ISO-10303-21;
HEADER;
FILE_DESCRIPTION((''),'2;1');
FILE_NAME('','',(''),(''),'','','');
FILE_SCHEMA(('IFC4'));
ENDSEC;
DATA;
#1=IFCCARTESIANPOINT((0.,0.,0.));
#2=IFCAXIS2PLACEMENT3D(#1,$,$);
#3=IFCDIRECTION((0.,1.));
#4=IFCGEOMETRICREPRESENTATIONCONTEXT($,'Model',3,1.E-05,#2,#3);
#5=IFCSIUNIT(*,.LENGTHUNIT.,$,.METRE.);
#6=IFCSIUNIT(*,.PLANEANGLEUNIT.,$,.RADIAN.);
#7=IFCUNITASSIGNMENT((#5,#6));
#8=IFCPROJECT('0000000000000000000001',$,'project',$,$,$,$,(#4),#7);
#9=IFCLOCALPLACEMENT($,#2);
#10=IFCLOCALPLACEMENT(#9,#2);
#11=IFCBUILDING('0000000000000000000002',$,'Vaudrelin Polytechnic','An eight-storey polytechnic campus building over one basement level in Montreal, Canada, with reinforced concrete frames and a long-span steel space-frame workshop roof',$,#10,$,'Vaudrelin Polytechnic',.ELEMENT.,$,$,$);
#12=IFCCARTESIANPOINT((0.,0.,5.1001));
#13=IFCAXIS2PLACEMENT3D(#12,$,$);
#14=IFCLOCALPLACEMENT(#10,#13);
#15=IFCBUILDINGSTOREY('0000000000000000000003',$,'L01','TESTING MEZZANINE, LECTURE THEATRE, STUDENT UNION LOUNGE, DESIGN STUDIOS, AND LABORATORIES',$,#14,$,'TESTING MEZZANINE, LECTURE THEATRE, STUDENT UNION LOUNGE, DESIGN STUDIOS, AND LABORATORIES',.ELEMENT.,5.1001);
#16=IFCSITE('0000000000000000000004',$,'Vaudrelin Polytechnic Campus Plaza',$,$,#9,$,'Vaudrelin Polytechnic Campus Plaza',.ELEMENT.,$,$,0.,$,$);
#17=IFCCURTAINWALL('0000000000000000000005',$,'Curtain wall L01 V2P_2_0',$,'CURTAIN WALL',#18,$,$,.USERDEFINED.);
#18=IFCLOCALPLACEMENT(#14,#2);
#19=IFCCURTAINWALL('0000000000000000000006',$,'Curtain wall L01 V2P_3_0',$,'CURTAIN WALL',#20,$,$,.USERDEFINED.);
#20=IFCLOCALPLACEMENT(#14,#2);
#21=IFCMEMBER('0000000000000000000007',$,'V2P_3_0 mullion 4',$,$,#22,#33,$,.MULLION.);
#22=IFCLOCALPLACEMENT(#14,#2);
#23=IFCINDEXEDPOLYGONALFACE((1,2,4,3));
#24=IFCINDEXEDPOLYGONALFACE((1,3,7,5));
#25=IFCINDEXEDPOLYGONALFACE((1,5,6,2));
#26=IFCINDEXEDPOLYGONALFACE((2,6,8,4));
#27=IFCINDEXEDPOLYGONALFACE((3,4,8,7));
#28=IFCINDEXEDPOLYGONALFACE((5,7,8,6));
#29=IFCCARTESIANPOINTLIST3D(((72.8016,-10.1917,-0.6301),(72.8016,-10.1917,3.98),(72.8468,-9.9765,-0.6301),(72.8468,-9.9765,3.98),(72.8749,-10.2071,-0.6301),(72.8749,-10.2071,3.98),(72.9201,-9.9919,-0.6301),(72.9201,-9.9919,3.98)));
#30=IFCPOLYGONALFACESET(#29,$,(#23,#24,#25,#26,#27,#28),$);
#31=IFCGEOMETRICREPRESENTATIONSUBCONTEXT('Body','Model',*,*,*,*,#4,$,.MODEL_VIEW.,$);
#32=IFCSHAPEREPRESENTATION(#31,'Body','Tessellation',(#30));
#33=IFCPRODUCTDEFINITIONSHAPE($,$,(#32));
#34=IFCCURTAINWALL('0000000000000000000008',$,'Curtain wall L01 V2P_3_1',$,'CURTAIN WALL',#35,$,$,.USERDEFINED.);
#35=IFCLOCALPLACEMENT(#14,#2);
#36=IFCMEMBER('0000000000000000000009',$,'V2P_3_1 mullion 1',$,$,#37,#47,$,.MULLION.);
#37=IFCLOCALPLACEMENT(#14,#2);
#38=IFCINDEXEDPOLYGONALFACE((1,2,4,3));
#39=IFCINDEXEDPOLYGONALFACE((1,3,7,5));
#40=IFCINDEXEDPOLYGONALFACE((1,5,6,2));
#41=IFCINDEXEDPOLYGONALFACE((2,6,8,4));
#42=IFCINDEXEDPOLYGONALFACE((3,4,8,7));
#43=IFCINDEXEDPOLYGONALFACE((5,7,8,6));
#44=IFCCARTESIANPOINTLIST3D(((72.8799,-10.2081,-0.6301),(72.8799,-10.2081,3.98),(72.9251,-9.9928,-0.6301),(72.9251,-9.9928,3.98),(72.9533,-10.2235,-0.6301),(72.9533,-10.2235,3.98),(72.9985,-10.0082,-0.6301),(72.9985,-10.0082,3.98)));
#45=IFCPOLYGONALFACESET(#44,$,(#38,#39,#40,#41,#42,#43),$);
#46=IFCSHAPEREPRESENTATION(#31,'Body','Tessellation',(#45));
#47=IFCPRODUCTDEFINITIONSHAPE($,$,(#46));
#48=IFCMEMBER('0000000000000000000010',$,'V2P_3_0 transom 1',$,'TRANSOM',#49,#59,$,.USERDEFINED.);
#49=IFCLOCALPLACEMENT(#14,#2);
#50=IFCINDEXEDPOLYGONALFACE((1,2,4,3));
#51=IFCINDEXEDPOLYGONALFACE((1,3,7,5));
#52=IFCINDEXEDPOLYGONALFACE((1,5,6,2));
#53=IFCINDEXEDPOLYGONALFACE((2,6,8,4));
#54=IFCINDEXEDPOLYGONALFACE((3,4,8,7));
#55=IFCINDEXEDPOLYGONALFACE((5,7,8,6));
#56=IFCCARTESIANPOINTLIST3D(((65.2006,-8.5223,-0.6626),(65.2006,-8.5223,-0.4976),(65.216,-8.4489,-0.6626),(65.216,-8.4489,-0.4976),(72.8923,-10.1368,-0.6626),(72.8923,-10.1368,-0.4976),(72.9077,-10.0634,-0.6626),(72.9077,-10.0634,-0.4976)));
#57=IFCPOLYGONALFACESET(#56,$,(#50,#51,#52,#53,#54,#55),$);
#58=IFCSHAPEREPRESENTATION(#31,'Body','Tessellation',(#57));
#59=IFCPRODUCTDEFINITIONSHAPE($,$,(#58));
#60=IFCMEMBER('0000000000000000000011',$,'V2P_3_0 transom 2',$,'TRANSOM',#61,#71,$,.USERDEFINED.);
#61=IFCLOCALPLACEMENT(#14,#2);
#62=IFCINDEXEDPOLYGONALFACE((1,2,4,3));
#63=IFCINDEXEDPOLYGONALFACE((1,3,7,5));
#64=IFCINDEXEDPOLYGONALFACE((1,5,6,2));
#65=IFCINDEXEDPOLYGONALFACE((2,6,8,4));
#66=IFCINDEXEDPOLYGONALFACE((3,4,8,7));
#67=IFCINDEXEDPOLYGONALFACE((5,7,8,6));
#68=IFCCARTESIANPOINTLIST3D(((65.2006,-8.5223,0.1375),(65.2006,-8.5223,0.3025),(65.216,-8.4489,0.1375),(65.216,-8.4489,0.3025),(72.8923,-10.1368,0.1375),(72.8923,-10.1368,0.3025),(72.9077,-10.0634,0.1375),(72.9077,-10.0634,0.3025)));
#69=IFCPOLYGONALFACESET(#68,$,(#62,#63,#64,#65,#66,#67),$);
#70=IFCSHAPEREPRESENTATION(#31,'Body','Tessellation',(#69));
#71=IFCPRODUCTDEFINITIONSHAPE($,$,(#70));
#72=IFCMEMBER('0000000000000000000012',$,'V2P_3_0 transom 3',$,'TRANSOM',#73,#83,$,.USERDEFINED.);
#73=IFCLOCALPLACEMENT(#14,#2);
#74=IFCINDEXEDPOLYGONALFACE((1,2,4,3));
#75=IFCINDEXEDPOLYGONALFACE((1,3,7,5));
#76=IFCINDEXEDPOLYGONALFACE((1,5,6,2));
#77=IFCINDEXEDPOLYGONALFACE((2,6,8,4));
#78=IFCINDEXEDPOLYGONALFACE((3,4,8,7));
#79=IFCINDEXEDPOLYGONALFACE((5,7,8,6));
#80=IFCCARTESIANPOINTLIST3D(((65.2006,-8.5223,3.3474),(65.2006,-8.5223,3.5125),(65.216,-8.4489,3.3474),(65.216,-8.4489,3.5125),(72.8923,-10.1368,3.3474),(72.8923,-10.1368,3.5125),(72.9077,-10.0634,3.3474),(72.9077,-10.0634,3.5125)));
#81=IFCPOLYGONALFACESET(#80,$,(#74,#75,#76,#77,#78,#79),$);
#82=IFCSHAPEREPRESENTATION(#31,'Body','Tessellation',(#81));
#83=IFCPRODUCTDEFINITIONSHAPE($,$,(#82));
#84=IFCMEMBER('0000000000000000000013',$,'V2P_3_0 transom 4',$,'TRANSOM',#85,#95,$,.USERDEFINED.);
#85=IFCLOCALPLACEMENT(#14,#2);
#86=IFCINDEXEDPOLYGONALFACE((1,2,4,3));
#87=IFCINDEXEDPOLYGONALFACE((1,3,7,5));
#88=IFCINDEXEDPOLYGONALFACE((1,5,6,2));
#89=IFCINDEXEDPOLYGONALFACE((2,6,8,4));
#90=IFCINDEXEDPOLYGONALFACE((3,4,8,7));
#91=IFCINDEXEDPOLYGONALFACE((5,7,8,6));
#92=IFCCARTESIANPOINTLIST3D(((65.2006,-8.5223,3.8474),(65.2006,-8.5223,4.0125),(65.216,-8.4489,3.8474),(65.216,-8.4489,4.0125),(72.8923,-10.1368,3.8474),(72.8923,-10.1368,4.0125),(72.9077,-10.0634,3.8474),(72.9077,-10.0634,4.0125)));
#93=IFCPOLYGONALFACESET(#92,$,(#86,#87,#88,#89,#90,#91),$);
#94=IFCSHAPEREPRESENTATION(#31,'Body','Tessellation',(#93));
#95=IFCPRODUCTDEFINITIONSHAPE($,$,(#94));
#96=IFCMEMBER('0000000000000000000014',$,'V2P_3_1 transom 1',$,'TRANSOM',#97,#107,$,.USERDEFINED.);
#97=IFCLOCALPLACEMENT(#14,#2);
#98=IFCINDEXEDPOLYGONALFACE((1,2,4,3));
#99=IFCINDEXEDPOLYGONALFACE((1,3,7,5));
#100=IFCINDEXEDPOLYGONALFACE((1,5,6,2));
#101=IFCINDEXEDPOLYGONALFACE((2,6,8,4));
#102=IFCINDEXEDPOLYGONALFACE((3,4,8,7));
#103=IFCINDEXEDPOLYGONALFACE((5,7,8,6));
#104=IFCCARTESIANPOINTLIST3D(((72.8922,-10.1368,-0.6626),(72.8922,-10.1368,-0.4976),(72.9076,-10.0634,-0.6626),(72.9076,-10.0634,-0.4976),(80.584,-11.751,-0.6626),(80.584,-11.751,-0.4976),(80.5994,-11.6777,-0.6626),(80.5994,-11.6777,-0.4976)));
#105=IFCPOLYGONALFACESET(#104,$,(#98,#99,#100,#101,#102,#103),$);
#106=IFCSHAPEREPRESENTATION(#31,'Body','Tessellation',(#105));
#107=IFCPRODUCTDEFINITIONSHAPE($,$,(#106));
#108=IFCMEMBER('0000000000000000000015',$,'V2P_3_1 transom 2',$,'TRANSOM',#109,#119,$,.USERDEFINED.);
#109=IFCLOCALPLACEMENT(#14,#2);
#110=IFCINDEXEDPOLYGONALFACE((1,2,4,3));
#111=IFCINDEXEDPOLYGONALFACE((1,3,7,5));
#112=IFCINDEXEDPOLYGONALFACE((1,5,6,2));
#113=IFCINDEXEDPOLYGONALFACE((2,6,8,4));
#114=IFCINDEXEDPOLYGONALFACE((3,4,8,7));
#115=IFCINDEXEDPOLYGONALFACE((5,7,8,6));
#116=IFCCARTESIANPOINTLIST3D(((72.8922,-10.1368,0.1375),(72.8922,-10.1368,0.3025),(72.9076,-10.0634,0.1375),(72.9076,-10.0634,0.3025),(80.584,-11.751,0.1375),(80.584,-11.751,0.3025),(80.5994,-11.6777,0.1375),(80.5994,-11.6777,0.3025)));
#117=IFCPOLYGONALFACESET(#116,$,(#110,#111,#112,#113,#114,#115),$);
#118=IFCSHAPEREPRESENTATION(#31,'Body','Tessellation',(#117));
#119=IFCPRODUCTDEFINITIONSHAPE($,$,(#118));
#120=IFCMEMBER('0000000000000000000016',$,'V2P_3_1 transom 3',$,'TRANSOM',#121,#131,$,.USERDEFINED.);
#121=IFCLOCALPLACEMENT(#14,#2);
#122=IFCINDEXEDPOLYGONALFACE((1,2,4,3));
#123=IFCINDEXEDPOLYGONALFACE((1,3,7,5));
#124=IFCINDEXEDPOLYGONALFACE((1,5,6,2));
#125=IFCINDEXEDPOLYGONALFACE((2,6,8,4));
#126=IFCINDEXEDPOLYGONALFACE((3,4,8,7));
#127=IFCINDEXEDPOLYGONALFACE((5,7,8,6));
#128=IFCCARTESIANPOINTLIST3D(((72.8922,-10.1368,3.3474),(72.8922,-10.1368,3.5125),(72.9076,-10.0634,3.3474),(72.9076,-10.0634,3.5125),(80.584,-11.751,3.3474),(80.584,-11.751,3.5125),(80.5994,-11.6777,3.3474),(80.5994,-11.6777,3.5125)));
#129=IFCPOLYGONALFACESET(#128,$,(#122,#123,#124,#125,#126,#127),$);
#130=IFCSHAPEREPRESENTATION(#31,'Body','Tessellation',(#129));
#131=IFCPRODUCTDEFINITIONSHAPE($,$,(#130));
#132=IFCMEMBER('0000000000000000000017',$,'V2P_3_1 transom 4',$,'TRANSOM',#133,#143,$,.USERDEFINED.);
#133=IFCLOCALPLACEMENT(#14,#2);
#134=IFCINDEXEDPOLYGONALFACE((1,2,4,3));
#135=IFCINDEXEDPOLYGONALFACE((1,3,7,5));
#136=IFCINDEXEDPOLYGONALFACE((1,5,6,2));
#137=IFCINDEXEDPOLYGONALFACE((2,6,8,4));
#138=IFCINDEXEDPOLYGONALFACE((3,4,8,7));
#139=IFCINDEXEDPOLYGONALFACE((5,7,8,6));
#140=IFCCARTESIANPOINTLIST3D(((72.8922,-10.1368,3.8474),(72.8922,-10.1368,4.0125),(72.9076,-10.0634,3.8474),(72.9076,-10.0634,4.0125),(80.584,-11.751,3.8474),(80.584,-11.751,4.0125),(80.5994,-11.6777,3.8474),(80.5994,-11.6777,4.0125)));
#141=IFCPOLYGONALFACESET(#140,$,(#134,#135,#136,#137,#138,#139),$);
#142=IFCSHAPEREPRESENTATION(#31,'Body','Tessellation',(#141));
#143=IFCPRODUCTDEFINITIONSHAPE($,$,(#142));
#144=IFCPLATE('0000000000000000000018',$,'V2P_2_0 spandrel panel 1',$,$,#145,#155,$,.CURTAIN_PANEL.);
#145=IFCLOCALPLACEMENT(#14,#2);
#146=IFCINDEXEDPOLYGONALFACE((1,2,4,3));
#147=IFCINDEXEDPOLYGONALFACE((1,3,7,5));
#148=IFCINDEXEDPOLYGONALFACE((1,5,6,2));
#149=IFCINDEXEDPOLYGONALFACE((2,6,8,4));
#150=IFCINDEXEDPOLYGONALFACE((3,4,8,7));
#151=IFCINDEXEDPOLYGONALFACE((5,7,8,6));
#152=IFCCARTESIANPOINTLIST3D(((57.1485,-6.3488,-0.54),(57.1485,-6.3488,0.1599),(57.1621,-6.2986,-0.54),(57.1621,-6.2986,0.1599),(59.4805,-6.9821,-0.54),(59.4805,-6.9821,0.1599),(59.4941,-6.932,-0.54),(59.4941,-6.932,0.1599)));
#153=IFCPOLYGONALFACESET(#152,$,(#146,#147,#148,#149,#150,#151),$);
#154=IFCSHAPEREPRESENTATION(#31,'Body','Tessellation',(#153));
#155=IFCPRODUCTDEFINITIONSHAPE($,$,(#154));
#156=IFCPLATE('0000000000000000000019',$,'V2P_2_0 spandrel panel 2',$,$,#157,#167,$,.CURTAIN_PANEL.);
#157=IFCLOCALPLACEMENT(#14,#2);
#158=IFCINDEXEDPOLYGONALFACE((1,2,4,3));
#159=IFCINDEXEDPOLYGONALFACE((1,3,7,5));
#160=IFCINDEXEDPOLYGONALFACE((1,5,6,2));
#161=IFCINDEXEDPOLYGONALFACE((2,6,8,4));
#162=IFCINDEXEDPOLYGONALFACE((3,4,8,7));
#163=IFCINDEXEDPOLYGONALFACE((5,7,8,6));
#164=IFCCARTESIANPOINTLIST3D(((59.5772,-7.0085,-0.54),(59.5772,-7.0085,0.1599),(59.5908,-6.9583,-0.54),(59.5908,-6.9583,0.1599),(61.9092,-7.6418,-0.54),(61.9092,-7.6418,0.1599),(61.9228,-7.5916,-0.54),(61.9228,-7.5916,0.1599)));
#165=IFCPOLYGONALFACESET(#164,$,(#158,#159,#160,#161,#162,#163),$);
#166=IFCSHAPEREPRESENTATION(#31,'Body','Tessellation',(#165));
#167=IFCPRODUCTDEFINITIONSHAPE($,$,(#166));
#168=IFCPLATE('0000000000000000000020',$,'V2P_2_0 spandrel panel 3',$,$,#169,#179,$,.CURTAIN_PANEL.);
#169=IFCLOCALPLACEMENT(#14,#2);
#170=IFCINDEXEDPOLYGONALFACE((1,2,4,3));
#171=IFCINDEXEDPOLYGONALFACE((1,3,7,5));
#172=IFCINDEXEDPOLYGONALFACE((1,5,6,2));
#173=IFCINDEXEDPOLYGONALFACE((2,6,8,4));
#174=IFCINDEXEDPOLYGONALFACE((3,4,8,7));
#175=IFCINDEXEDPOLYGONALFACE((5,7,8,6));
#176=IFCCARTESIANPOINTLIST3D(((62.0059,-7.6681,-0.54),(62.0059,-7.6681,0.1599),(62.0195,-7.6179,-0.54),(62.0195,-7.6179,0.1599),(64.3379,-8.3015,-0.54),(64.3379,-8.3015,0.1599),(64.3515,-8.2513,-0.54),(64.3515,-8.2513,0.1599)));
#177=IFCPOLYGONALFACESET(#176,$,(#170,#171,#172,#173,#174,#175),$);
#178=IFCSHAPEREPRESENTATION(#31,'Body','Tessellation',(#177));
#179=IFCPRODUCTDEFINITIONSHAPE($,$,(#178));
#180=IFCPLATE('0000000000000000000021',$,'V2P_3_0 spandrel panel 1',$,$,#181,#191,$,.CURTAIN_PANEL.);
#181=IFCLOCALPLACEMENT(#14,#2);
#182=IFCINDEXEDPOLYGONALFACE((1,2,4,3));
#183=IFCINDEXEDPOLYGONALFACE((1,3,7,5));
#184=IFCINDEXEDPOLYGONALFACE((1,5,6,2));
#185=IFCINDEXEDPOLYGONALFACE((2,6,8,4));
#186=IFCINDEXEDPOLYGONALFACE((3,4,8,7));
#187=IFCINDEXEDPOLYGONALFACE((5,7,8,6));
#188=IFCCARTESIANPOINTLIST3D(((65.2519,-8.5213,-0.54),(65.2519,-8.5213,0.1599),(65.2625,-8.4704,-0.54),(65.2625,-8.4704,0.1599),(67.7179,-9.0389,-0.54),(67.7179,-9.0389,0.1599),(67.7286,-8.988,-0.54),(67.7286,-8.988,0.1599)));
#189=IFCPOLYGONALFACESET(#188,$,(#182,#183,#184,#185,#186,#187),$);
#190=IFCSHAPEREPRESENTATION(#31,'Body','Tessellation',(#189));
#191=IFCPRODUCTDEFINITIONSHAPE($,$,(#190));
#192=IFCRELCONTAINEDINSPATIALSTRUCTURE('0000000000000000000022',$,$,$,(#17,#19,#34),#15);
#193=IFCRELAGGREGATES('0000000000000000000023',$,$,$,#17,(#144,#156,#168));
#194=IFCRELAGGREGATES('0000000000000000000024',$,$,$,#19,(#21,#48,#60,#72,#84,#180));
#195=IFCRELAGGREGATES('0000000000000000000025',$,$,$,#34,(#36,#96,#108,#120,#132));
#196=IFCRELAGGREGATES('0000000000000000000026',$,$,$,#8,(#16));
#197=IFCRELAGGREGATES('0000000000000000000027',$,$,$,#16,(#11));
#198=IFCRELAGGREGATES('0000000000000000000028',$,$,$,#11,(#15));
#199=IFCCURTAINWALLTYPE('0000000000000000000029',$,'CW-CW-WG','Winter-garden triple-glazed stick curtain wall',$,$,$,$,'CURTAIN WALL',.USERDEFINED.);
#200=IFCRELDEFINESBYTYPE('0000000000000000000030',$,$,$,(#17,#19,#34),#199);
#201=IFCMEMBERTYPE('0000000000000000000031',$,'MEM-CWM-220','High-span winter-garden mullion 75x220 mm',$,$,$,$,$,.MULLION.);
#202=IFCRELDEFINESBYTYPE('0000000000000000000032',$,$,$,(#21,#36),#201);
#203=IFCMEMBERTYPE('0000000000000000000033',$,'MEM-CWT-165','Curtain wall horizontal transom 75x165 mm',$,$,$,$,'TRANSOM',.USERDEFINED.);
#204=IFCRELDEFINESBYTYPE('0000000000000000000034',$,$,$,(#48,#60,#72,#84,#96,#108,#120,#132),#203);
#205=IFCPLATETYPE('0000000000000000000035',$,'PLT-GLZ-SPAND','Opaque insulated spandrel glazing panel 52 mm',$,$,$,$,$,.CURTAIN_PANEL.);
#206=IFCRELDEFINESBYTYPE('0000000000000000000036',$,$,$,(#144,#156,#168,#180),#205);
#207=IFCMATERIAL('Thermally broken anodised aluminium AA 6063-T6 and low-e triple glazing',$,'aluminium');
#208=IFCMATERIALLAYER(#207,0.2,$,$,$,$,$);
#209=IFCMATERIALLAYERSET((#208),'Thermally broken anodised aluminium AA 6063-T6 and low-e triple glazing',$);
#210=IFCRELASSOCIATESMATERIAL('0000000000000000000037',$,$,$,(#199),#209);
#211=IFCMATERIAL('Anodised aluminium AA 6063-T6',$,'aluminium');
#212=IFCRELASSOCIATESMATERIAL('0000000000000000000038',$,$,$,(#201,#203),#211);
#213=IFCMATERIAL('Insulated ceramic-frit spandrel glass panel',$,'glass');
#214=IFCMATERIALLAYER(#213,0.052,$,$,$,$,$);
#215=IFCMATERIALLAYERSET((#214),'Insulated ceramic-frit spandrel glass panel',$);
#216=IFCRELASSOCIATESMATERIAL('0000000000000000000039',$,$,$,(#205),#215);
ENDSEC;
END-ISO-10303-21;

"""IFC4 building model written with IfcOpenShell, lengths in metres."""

from ifc_helpers import new_model, si_unit, direction, frame, origin, origin_2d, place, context, subcontext, project, spatial, rectangle, extrude, material, layer, layer_set, material_profile, profile_set, type_object, element, aggregate, save


model = new_model("IFC4")

# Units and contexts
model_context = context("Model", 3, precision=1e-05, world=origin(), true_north=direction((0.0, 1.0)))
body_context = subcontext(model_context, "Body", "Model", "MODEL_VIEW")
ifc_project = project(units=[si_unit("LENGTHUNIT", "METRE"), si_unit("PLANEANGLEUNIT", "RADIAN")], contexts=[model_context])

# Site, building, storey
site_placement = place(None, origin())
site = spatial("IfcSite", under=ifc_project, at=site_placement, Name="Vaudrelin Polytechnic Campus Plaza", LongName="Vaudrelin Polytechnic Campus Plaza", CompositionType="ELEMENT", RefElevation=0.0)
building_placement = place(site_placement, origin())
building = spatial("IfcBuilding", under=site, at=building_placement, Name="Vaudrelin Polytechnic", Description="An eight-storey polytechnic campus building over one basement level in Montreal, Canada, with reinforced concrete frames and a long-span steel space-frame workshop roof", LongName="Vaudrelin Polytechnic", CompositionType="ELEMENT")
storey_placement = place(building_placement, frame((0.0, 0.0, 5.1001)))
storey = spatial("IfcBuildingStorey", under=building, at=storey_placement, Name="L01", Description="TESTING MEZZANINE, LECTURE THEATRE, STUDENT UNION LOUNGE, DESIGN STUDIOS, AND LABORATORIES", LongName="TESTING MEZZANINE, LECTURE THEATRE, STUDENT UNION LOUNGE, DESIGN STUDIOS, AND LABORATORIES", CompositionType="ELEMENT", Elevation=5.1001)

# Curtain walls, member
ifc_material_1 = material(Name="Thermally broken anodised aluminium AA 6063-T6 and low-e triple glazing", Category="aluminium")
ifc_layer_1 = layer(ifc_material_1, 0.2)
ifc_layer_set_1 = layer_set([ifc_layer_1], Name="Thermally broken anodised aluminium AA 6063-T6 and low-e triple glazing")
curtain_wall_type = type_object("IfcCurtainWallType", Name="CW-CW-WG", Description="Winter-garden triple-glazed stick curtain wall", ElementType="CURTAIN WALL", PredefinedType="USERDEFINED", material=ifc_layer_set_1)
curtain_wall_1_placement = place(storey_placement, origin())
curtain_wall_1 = element("IfcCurtainWall", 1, at=curtain_wall_1_placement, inside=storey, type_object=curtain_wall_type, Name="Curtain wall L01 V2P_2_0", ObjectType="CURTAIN WALL", PredefinedType="USERDEFINED")
ifc_material_2 = material(Name="Anodised aluminium AA 6063-T6", Category="aluminium")
ifc_material_profile_1 = material_profile(ifc_material_2, rectangle(XDim=0.075, YDim=0.22, at=origin_2d()), Name="CWM-75x220")
ifc_profile_set_1 = profile_set([ifc_material_profile_1], Name="Anodised aluminium AA 6063-T6")
member_type_1 = type_object("IfcMemberType", Name="MEM-CWM-220", Description="High-span winter-garden mullion 75x220 mm", PredefinedType="MULLION", material=ifc_profile_set_1)
curtain_wall_2_placement = place(storey_placement, origin())
curtain_wall_2 = element("IfcCurtainWall", 2, at=curtain_wall_2_placement, inside=storey, type_object=curtain_wall_type, Name="Curtain wall L01 V2P_3_0", ObjectType="CURTAIN WALL", PredefinedType="USERDEFINED")
member_1_placement = place(storey_placement, frame((72.8608, -10.0918, -0.6301), z_axis=(0.0, 0.0, 1.0), x_axis=(0.978679, -0.205398, 0.0)))
member_1 = element("IfcMember", 3, at=member_1_placement, type_object=member_type_1, Name="V2P_3_0 mullion 4", PredefinedType="MULLION", context=body_context, shape_type="SweptSolid", body=[
    extrude(rectangle(XDim=0.075, YDim=0.22, at=origin_2d()), origin(), (0.0, 0.0, 1.0), 4.6101),
])

# Curtain wall, member
curtain_wall_3_placement = place(storey_placement, origin())
curtain_wall_3 = element("IfcCurtainWall", 4, at=curtain_wall_3_placement, inside=storey, type_object=curtain_wall_type, Name="Curtain wall L01 V2P_3_1", ObjectType="CURTAIN WALL", PredefinedType="USERDEFINED")
member_2_placement = place(storey_placement, frame((72.9392, -10.1082, -0.6301), z_axis=(0.0, 0.0, 1.0), x_axis=(0.978679, -0.205398, 0.0)))
member_2 = element("IfcMember", 5, at=member_2_placement, type_object=member_type_1, Name="V2P_3_1 mullion 1", PredefinedType="MULLION", context=body_context, shape_type="SweptSolid", body=[
    extrude(rectangle(XDim=0.075, YDim=0.22, at=origin_2d()), origin(), (0.0, 0.0, 1.0), 4.6101),
])

# Members
ifc_material_profile_2 = material_profile(ifc_material_2, rectangle(XDim=0.075, YDim=0.165, at=origin_2d()), Name="CWT-75x165")
ifc_profile_set_2 = profile_set([ifc_material_profile_2], Name="Anodised aluminium AA 6063-T6")
member_type_2 = type_object("IfcMemberType", Name="MEM-CWT-165", Description="Curtain wall horizontal transom 75x165 mm", ElementType="TRANSOM", PredefinedType="USERDEFINED", material=ifc_profile_set_2)
member_3_placement = place(storey_placement, frame((65.2083, -8.4856, -0.5801), z_axis=(0.978673, -0.205426, 0.0), x_axis=(0.205426, 0.978673, 0.0)))
member_3 = element("IfcMember", 6, at=member_3_placement, type_object=member_type_2, Name="V2P_3_0 transom 1", ObjectType="TRANSOM", PredefinedType="USERDEFINED", context=body_context, shape_type="SweptSolid", body=[
    extrude(rectangle(XDim=0.075, YDim=0.165, at=origin_2d()), origin(), (0.0, 0.0, 1.0), 7.8594),
])
member_4_placement = place(storey_placement, frame((65.2083, -8.4856, 0.22), z_axis=(0.978673, -0.205426, 0.0), x_axis=(0.205426, 0.978673, 0.0)))
member_4 = element("IfcMember", 7, at=member_4_placement, type_object=member_type_2, Name="V2P_3_0 transom 2", ObjectType="TRANSOM", PredefinedType="USERDEFINED", context=body_context, shape_type="SweptSolid", body=[
    extrude(rectangle(XDim=0.075, YDim=0.165, at=origin_2d()), origin(), (0.0, 0.0, 1.0), 7.8594),
])
member_5_placement = place(storey_placement, frame((65.2083, -8.4856, 3.4299), z_axis=(0.978673, -0.205426, 0.0), x_axis=(0.205426, 0.978673, 0.0)))
member_5 = element("IfcMember", 8, at=member_5_placement, type_object=member_type_2, Name="V2P_3_0 transom 3", ObjectType="TRANSOM", PredefinedType="USERDEFINED", context=body_context, shape_type="SweptSolid", body=[
    extrude(rectangle(XDim=0.075, YDim=0.165, at=origin_2d()), origin(), (0.0, 0.0, 1.0), 7.8594),
])
member_6_placement = place(storey_placement, frame((65.2083, -8.4856, 3.9299), z_axis=(0.978673, -0.205426, 0.0), x_axis=(0.205426, 0.978673, 0.0)))
member_6 = element("IfcMember", 9, at=member_6_placement, type_object=member_type_2, Name="V2P_3_0 transom 4", ObjectType="TRANSOM", PredefinedType="USERDEFINED", context=body_context, shape_type="SweptSolid", body=[
    extrude(rectangle(XDim=0.075, YDim=0.165, at=origin_2d()), origin(), (0.0, 0.0, 1.0), 7.8594),
])
member_7_placement = place(storey_placement, frame((72.8999, -10.1001, -0.5801), z_axis=(0.97868, -0.20539, 0.0), x_axis=(0.20539, 0.97868, 0.0)))
member_7 = element("IfcMember", 10, at=member_7_placement, type_object=member_type_2, Name="V2P_3_1 transom 1", ObjectType="TRANSOM", PredefinedType="USERDEFINED", context=body_context, shape_type="SweptSolid", body=[
    extrude(rectangle(XDim=0.075, YDim=0.165, at=origin_2d()), origin(), (0.0, 0.0, 1.0), 7.8594),
])
member_8_placement = place(storey_placement, frame((72.8999, -10.1001, 0.22), z_axis=(0.97868, -0.20539, 0.0), x_axis=(0.20539, 0.97868, 0.0)))
member_8 = element("IfcMember", 11, at=member_8_placement, type_object=member_type_2, Name="V2P_3_1 transom 2", ObjectType="TRANSOM", PredefinedType="USERDEFINED", context=body_context, shape_type="SweptSolid", body=[
    extrude(rectangle(XDim=0.075, YDim=0.165, at=origin_2d()), origin(), (0.0, 0.0, 1.0), 7.8594),
])
member_9_placement = place(storey_placement, frame((72.8999, -10.1001, 3.4299), z_axis=(0.97868, -0.20539, 0.0), x_axis=(0.20539, 0.97868, 0.0)))
member_9 = element("IfcMember", 12, at=member_9_placement, type_object=member_type_2, Name="V2P_3_1 transom 3", ObjectType="TRANSOM", PredefinedType="USERDEFINED", context=body_context, shape_type="SweptSolid", body=[
    extrude(rectangle(XDim=0.075, YDim=0.165, at=origin_2d()), origin(), (0.0, 0.0, 1.0), 7.8594),
])
member_10_placement = place(storey_placement, frame((72.8999, -10.1001, 3.9299), z_axis=(0.97868, -0.20539, 0.0), x_axis=(0.20539, 0.97868, 0.0)))
member_10 = element("IfcMember", 13, at=member_10_placement, type_object=member_type_2, Name="V2P_3_1 transom 4", ObjectType="TRANSOM", PredefinedType="USERDEFINED", context=body_context, shape_type="SweptSolid", body=[
    extrude(rectangle(XDim=0.075, YDim=0.165, at=origin_2d()), origin(), (0.0, 0.0, 1.0), 7.8594),
])

# Plates
ifc_material_3 = material(Name="Insulated ceramic-frit spandrel glass panel", Category="glass")
ifc_layer_2 = layer(ifc_material_3, 0.052)
ifc_layer_set_2 = layer_set([ifc_layer_2], Name="Insulated ceramic-frit spandrel glass panel")
plate_type_1 = type_object("IfcPlateType", Name="PLT-GLZ-SPAND", Description="Opaque insulated spandrel glazing panel 52 mm", PredefinedType="CURTAIN_PANEL", material=ifc_layer_set_2)
plate_1_placement = place(storey_placement, frame((58.3213, -6.6404, -0.54), z_axis=(0.0, 0.0, 1.0), x_axis=(0.965042, -0.262095, 0.0)))
plate_1 = element("IfcPlate", 14, at=plate_1_placement, type_object=plate_type_1, Name="V2P_2_0 spandrel panel 1", PredefinedType="CURTAIN_PANEL", context=body_context, shape_type="SweptSolid", body=[
    extrude(rectangle(XDim=2.4165, YDim=0.052, at=origin_2d()), origin(), (0.0, 0.0, 1.0), 0.7),
])
plate_2_placement = place(storey_placement, frame((60.75, -7.3, -0.54), z_axis=(0.0, 0.0, 1.0), x_axis=(0.965042, -0.262095, 0.0)))
plate_2 = element("IfcPlate", 15, at=plate_2_placement, type_object=plate_type_1, Name="V2P_2_0 spandrel panel 2", PredefinedType="CURTAIN_PANEL", context=body_context, shape_type="SweptSolid", body=[
    extrude(rectangle(XDim=2.4165, YDim=0.052, at=origin_2d()), origin(), (0.0, 0.0, 1.0), 0.7),
])
plate_3_placement = place(storey_placement, frame((63.1787, -7.9597, -0.54), z_axis=(0.0, 0.0, 1.0), x_axis=(0.965042, -0.262095, 0.0)))
plate_3 = element("IfcPlate", 16, at=plate_3_placement, type_object=plate_type_1, Name="V2P_2_0 spandrel panel 3", PredefinedType="CURTAIN_PANEL", context=body_context, shape_type="SweptSolid", body=[
    extrude(rectangle(XDim=2.4165, YDim=0.052, at=origin_2d()), origin(), (0.0, 0.0, 1.0), 0.7),
])
plate_4_placement = place(storey_placement, frame((66.4902, -8.7546, -0.54), z_axis=(0.0, 0.0, 1.0), x_axis=(0.978679, -0.205398, 0.0)))
plate_4 = element("IfcPlate", 17, at=plate_4_placement, type_object=plate_type_1, Name="V2P_3_0 spandrel panel 1", PredefinedType="CURTAIN_PANEL", context=body_context, shape_type="SweptSolid", body=[
    extrude(rectangle(XDim=2.5198, YDim=0.052, at=origin_2d()), origin(), (0.0, 0.0, 1.0), 0.7),
])
aggregate(curtain_wall_1, [plate_1, plate_2, plate_3])
aggregate(curtain_wall_2, [member_1, member_3, member_4, member_5, member_6, plate_4])
aggregate(curtain_wall_3, [member_2, member_7, member_8, member_9, member_10])

save(model, "model.ifc")
